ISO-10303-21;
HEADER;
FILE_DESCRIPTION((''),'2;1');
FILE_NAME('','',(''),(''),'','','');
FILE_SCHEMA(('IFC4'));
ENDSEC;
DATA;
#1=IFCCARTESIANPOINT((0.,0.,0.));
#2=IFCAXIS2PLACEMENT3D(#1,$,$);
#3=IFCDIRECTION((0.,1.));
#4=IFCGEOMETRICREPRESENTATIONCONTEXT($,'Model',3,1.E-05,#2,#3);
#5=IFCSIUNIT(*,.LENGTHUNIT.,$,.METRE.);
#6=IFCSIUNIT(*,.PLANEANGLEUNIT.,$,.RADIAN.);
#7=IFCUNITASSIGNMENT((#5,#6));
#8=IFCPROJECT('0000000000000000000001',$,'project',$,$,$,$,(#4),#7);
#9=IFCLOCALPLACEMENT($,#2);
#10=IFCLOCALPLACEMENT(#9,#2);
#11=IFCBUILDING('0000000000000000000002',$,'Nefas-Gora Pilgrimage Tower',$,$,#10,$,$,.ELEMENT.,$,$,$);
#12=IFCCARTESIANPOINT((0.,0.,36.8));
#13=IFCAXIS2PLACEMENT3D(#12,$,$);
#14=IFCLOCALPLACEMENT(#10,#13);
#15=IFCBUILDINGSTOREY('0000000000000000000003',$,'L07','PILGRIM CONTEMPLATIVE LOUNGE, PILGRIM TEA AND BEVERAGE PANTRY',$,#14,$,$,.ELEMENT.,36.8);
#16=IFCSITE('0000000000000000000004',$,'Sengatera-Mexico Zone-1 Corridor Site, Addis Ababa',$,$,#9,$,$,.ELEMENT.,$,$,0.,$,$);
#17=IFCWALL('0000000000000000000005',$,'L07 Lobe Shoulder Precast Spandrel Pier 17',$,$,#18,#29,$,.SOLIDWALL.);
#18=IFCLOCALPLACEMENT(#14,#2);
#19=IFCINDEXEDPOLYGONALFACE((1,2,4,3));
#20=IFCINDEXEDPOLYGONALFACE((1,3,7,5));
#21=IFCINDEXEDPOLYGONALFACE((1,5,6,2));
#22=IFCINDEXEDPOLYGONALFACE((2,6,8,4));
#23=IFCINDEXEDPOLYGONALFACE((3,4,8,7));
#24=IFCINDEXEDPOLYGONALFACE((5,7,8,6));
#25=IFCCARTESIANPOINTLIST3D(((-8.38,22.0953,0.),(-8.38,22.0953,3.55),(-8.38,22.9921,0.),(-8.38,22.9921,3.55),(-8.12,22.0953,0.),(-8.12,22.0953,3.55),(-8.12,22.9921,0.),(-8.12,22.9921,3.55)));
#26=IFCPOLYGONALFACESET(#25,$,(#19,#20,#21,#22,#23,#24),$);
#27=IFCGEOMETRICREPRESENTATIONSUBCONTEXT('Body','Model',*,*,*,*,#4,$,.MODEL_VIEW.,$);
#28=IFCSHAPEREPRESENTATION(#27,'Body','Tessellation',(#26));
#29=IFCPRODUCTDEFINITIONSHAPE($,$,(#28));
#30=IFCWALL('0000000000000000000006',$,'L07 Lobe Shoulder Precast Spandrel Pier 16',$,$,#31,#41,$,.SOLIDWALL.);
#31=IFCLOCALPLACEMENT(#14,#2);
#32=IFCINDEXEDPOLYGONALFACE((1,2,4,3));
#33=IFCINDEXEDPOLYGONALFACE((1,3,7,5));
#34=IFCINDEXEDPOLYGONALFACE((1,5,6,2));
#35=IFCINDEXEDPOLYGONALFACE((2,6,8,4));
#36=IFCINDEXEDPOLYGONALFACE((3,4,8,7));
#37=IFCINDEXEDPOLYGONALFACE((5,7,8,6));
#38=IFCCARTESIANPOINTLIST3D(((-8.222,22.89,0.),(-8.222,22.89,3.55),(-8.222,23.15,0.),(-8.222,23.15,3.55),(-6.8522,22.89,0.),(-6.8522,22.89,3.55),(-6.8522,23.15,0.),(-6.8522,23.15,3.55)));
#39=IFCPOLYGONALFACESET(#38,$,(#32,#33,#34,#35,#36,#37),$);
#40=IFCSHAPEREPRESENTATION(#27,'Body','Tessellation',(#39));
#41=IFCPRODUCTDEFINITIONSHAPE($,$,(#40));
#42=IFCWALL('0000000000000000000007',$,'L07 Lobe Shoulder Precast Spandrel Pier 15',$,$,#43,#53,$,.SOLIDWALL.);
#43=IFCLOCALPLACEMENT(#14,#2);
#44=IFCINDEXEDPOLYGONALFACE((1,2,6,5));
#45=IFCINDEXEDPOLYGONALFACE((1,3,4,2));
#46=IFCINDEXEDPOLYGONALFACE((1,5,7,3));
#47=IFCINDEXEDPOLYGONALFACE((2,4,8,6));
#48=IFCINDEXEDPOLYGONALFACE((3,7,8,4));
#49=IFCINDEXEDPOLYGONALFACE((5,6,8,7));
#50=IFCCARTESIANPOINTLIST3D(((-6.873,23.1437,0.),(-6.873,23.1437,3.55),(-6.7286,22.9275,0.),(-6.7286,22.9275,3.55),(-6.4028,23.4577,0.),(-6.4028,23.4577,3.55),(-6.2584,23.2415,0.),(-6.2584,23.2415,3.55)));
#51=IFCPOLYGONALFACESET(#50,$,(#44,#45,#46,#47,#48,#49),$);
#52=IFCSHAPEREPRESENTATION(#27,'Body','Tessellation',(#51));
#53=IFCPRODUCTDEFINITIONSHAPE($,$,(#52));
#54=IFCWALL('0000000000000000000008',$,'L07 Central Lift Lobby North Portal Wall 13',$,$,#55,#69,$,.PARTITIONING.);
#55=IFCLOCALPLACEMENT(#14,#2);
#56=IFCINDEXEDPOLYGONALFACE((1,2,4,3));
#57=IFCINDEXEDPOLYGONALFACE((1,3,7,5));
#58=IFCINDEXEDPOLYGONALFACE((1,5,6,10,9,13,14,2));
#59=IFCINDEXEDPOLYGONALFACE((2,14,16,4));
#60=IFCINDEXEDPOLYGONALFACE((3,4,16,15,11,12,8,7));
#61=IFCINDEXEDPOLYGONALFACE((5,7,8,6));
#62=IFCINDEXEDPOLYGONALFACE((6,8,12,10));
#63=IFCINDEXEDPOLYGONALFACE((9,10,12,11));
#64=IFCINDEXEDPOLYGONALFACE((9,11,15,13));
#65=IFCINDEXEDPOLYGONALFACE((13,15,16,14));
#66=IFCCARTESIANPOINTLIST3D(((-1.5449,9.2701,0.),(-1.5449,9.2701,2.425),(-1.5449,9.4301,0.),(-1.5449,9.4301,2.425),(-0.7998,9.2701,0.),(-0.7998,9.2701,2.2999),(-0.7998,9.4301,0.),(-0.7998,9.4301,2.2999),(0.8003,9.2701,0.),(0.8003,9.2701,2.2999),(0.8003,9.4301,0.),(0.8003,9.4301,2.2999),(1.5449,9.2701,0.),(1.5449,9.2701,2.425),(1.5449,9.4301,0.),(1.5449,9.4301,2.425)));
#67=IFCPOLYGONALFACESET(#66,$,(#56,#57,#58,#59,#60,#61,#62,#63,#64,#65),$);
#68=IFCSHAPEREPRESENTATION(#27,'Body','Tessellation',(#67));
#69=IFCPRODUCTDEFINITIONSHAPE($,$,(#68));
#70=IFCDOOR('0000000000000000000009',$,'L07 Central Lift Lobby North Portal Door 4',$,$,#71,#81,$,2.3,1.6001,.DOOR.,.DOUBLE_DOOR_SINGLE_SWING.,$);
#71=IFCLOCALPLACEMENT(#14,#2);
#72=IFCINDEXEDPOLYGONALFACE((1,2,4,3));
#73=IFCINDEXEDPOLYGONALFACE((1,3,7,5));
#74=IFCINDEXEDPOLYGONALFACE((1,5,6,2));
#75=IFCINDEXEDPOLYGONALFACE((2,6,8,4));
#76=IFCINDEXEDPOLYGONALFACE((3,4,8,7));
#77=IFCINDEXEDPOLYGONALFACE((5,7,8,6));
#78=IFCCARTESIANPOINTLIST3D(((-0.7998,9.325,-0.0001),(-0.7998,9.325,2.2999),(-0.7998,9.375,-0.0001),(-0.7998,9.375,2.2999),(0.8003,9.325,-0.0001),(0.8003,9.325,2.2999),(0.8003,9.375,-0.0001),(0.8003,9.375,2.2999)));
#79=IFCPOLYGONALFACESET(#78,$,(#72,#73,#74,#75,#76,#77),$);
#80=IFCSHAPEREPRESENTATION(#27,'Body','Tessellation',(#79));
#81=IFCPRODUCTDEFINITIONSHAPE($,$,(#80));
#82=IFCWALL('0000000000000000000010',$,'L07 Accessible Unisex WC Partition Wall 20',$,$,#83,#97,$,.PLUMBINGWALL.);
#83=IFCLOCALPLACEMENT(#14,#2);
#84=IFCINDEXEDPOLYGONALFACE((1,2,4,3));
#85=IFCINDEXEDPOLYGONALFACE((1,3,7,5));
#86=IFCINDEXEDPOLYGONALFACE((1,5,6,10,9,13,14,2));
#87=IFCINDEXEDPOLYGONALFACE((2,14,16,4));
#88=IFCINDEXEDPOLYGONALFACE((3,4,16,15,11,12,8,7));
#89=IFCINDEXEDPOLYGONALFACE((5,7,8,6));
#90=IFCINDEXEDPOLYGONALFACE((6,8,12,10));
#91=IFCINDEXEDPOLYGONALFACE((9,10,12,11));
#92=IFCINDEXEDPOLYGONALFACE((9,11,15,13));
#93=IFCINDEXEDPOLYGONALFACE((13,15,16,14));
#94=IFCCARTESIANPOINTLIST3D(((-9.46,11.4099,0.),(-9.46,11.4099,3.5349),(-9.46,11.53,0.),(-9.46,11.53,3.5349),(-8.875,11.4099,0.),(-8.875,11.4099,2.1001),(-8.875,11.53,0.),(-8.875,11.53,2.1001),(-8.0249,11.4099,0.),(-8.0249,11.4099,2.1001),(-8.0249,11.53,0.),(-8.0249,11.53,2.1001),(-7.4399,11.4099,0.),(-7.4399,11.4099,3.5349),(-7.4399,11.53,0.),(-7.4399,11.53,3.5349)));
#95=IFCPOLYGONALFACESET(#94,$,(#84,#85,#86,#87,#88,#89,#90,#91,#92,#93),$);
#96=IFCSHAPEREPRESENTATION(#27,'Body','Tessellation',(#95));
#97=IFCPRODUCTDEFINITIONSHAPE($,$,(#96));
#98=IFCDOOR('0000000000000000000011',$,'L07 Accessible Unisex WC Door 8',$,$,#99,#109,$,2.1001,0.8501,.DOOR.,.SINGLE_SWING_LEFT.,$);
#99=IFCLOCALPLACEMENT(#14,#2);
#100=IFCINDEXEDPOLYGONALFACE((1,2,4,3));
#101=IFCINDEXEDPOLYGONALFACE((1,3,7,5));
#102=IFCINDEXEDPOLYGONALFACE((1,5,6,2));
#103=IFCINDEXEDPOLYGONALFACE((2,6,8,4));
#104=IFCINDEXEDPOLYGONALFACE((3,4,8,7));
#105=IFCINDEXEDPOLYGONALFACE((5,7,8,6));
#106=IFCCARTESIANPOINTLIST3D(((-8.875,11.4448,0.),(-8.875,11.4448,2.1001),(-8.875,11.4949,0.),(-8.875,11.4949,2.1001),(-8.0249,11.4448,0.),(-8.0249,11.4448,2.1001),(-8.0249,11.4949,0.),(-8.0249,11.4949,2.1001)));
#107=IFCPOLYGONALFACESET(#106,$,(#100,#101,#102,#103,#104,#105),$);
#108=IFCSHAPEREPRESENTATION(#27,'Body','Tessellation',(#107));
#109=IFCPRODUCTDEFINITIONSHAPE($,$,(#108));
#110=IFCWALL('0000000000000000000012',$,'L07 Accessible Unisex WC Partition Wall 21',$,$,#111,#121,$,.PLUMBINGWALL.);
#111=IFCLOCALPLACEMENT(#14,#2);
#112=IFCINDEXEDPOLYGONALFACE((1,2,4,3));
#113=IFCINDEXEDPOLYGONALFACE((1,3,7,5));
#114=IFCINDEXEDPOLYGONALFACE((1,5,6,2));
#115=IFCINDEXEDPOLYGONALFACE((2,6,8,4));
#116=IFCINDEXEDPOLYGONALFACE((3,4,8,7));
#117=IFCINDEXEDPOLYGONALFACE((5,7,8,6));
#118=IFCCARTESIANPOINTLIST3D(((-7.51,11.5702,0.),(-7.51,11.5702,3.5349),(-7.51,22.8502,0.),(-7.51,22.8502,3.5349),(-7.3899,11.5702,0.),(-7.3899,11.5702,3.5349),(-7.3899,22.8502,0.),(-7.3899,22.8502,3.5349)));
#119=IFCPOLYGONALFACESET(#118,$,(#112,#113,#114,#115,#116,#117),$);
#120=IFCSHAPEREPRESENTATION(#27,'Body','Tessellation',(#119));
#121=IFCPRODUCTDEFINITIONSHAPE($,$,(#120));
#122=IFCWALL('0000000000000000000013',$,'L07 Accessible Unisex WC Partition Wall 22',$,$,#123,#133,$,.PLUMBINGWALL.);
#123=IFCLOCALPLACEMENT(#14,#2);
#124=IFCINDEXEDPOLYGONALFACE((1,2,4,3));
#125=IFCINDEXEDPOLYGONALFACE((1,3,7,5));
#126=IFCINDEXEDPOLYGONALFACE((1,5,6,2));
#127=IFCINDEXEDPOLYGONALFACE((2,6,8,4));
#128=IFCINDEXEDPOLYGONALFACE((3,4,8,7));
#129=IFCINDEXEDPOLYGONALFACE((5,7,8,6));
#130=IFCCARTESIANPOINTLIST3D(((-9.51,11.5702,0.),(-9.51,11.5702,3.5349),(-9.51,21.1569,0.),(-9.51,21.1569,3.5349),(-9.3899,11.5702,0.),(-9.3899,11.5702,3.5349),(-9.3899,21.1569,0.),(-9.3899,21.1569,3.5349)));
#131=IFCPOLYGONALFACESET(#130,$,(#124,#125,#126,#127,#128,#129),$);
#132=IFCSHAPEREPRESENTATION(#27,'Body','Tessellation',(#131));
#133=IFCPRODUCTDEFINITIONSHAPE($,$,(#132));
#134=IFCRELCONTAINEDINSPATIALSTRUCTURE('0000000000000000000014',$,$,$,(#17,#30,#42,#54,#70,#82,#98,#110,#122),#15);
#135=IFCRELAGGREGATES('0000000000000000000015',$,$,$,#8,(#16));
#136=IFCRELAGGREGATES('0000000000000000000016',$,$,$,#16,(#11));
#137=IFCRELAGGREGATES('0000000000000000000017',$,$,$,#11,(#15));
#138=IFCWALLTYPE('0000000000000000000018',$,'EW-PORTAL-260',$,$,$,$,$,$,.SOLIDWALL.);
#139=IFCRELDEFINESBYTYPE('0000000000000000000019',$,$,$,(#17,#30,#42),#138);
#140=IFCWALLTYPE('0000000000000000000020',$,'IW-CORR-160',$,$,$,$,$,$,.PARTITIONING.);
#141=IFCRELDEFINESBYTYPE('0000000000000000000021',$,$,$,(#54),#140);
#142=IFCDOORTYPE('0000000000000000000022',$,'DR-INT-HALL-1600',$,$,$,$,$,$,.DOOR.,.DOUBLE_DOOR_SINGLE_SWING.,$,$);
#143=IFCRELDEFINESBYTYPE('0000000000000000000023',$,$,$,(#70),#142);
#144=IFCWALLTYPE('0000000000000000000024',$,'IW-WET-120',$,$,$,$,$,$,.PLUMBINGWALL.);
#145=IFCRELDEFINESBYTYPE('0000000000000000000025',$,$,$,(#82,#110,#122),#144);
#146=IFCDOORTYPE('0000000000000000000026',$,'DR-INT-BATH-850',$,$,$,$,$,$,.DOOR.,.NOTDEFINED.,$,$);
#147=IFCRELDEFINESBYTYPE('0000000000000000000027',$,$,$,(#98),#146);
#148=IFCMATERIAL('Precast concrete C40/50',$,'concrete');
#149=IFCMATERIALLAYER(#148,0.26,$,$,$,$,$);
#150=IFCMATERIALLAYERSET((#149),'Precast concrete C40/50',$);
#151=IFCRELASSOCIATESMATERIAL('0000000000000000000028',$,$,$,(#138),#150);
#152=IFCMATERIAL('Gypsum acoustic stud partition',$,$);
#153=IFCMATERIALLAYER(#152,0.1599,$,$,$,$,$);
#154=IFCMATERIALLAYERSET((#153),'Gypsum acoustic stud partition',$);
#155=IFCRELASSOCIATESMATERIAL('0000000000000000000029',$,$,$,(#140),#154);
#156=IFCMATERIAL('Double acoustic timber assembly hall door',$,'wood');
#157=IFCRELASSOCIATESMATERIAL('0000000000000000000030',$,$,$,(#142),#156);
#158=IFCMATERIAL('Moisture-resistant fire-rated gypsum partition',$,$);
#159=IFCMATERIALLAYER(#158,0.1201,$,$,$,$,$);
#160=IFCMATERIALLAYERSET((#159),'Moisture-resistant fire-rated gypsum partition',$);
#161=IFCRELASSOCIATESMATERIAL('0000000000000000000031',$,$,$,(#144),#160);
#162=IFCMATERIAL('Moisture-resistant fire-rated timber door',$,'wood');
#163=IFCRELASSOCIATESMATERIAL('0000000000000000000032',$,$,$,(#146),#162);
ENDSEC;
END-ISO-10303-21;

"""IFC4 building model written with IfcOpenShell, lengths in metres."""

from ifc_helpers import new_model, si_unit, direction, frame, frame_2d, origin, place, context, subcontext, project, spatial, rectangle, extrude, source, transform, mapped, material, layer, layer_set, type_object, element, fill, save


model = new_model("IFC4")

# Units and contexts
model_context = context("Model", 3, precision=1e-05, world=origin(), true_north=direction((0.0, 1.0)))
body_context = subcontext(model_context, "Body", "Model", "MODEL_VIEW")
ifc_project = project(units=[si_unit("LENGTHUNIT", "METRE"), si_unit("PLANEANGLEUNIT", "RADIAN")], contexts=[model_context])

# Site, building, storey
site_placement = place(None, origin())
site = spatial("IfcSite", under=ifc_project, at=site_placement, Name="Sengatera-Mexico Zone-1 Corridor Site, Addis Ababa", CompositionType="ELEMENT", RefElevation=0.0)
building_placement = place(site_placement, origin())
building = spatial("IfcBuilding", under=site, at=building_placement, Name="Nefas-Gora Pilgrimage Tower", CompositionType="ELEMENT")
storey_placement = place(building_placement, frame((0.0, 0.0, 36.8)))
storey = spatial("IfcBuildingStorey", under=building, at=storey_placement, Name="L07", Description="PILGRIM CONTEMPLATIVE LOUNGE, PILGRIM TEA AND BEVERAGE PANTRY", CompositionType="ELEMENT", Elevation=36.8)

# Walls
ifc_material_1 = material(Name="Precast concrete C40/50", Category="concrete")
ifc_layer_1 = layer(ifc_material_1, 0.26)
ifc_layer_set_1 = layer_set([ifc_layer_1], Name="Precast concrete C40/50")
wall_type_1 = type_object("IfcWallType", Name="EW-PORTAL-260", PredefinedType="SOLIDWALL", material=ifc_layer_set_1)
shared_shape_1 = source(origin(), body_context, "Body", "SweptSolid", [
    extrude(rectangle(XDim=0.8967, YDim=0.26, at=frame_2d((0.4482, 0.0))), origin(), (0.0, 0.0, 1.0), 3.55),
])
wall_1_placement = place(storey_placement, frame((-8.25, 22.9919, 0.0), z_axis=(0.0, 0.0, 1.0), x_axis=(0.0, -1.0, 0.0)))
element("IfcWall", 1, at=wall_1_placement, inside=storey, type_object=wall_type_1, Name="L07 Lobe Shoulder Precast Spandrel Pier 17", PredefinedType="SOLIDWALL", context=body_context, shape_type="MappedRepresentation", body=[
    mapped(shared_shape_1, transform((0.0, 0.0, 0.0), x_axis=(1.0, 0.0, 0.0), y_axis=(0.0, 1.0, 0.0), z_axis=(0.0, 0.0, 1.0), scale=1.0)),
])
shared_shape_2 = source(origin(), body_context, "Body", "SweptSolid", [
    extrude(rectangle(XDim=1.3699, YDim=0.26, at=frame_2d((0.6851, 0.0))), origin(), (0.0, 0.0, 1.0), 3.55),
])
wall_2_placement = place(storey_placement, frame((-6.8521, 23.02, 0.0), z_axis=(0.0, 0.0, 1.0), x_axis=(-1.0, 0.0, 0.0)))
element("IfcWall", 2, at=wall_2_placement, inside=storey, type_object=wall_type_1, Name="L07 Lobe Shoulder Precast Spandrel Pier 16", PredefinedType="SOLIDWALL", context=body_context, shape_type="MappedRepresentation", body=[
    mapped(shared_shape_2, transform((0.0, 0.0, 0.0), x_axis=(1.0, 0.0, 0.0), y_axis=(0.0, 1.0, 0.0), z_axis=(0.0, 0.0, 1.0), scale=1.0)),
])
shared_shape_3 = source(origin(), body_context, "Body", "SweptSolid", [
    extrude(rectangle(XDim=0.5654, YDim=0.26, at=frame_2d((0.2827, 0.0))), origin(), (0.0, 0.0, 1.0), 3.55),
])
wall_3_placement = place(storey_placement, frame((-6.3306, 23.3496, 0.0), z_axis=(0.0, 0.0, 1.0), x_axis=(-0.831651, -0.555298, 0.0)))
element("IfcWall", 3, at=wall_3_placement, inside=storey, type_object=wall_type_1, Name="L07 Lobe Shoulder Precast Spandrel Pier 15", PredefinedType="SOLIDWALL", context=body_context, shape_type="MappedRepresentation", body=[
    mapped(shared_shape_3, transform((0.0, 0.0, 0.0), x_axis=(1.0, 0.0, 0.0), y_axis=(0.0, 1.0, 0.0), z_axis=(0.0, 0.0, 1.0), scale=1.0)),
])

# Walls, openings, doors
ifc_material_2 = material(Name="Gypsum acoustic stud partition")
ifc_layer_2 = layer(ifc_material_2, 0.1599)
ifc_layer_set_2 = layer_set([ifc_layer_2], Name="Gypsum acoustic stud partition")
wall_type_2 = type_object("IfcWallType", Name="IW-CORR-160", PredefinedType="PARTITIONING", material=ifc_layer_set_2)
shared_shape_4 = source(origin(), body_context, "Body", "SweptSolid", [
    extrude(rectangle(XDim=3.0898, YDim=0.1599, at=frame_2d((1.5449, 0.0))), origin(), (0.0, 0.0, 1.0), 2.425),
])
wall_4_placement = place(storey_placement, frame((-1.5449, 9.3501, 0.0), z_axis=(0.0, 0.0, 1.0), x_axis=(1.0, 0.0, 0.0)))
wall_4 = element("IfcWall", 4, at=wall_4_placement, inside=storey, type_object=wall_type_2, Name="L07 Central Lift Lobby North Portal Wall 13", PredefinedType="PARTITIONING", context=body_context, shape_type="MappedRepresentation", body=[
    mapped(shared_shape_4, transform((0.0, 0.0, 0.0), x_axis=(1.0, 0.0, 0.0), y_axis=(0.0, 1.0, 0.0), z_axis=(0.0, 0.0, 1.0), scale=1.0)),
])
opening_1_placement = place(wall_4_placement, frame((0.7451, 0.0, 0.0)))
opening_1 = element("IfcOpeningElement", 5, at=opening_1_placement, cuts=wall_4, PredefinedType="OPENING", context=body_context, shape_type="SweptSolid", body=[
    extrude(rectangle(XDim=1.6001, YDim=2.3, at=frame_2d((0.8, 1.1499))), frame((0.0, 0.0898, 0.0), z_axis=(0.0, -1.0, 0.0), x_axis=(1.0, 0.0, 0.0)), (0.0, 0.0, 1.0), 0.1799),
])
ifc_material_3 = material(Name="Double acoustic timber assembly hall door", Category="wood")
door_type_1 = type_object("IfcDoorType", Name="DR-INT-HALL-1600", OperationType="DOUBLE_DOOR_SINGLE_SWING", PredefinedType="DOOR", material=ifc_material_3)
shared_shape_5 = source(origin(), body_context, "Body", "SweptSolid", [
    extrude(rectangle(XDim=1.6001, YDim=2.3, at=frame_2d((0.8, 1.1499))), frame((0.0, 0.0249, 0.0), z_axis=(0.0, -1.0, 0.0), x_axis=(1.0, 0.0, 0.0)), (0.0, 0.0, 1.0), 0.05),
])
door_1_placement = place(opening_1_placement, origin())
door_1 = element("IfcDoor", 6, at=door_1_placement, inside=storey, type_object=door_type_1, Name="L07 Central Lift Lobby North Portal Door 4", OperationType="DOUBLE_DOOR_SINGLE_SWING", OverallHeight=2.3, OverallWidth=1.6001, PredefinedType="DOOR", context=body_context, shape_type="MappedRepresentation", body=[
    mapped(shared_shape_5, transform((0.0, 0.0, 0.0), x_axis=(1.0, 0.0, 0.0), y_axis=(0.0, 1.0, 0.0), z_axis=(0.0, 0.0, 1.0), scale=1.0)),
])
fill(opening_1, door_1)
ifc_material_4 = material(Name="Moisture-resistant fire-rated gypsum partition")
ifc_layer_3 = layer(ifc_material_4, 0.1201)
ifc_layer_set_3 = layer_set([ifc_layer_3], Name="Moisture-resistant fire-rated gypsum partition")
wall_type_3 = type_object("IfcWallType", Name="IW-WET-120", PredefinedType="PLUMBINGWALL", material=ifc_layer_set_3)
shared_shape_6 = source(origin(), body_context, "Body", "SweptSolid", [
    extrude(rectangle(XDim=2.02, YDim=0.1201, at=frame_2d((1.01, 0.0))), origin(), (0.0, 0.0, 1.0), 3.5349),
])
wall_5_placement = place(storey_placement, frame((-9.46, 11.47, 0.0), z_axis=(0.0, 0.0, 1.0), x_axis=(1.0, 0.0, 0.0)))
wall_5 = element("IfcWall", 7, at=wall_5_placement, inside=storey, type_object=wall_type_3, Name="L07 Accessible Unisex WC Partition Wall 20", PredefinedType="PLUMBINGWALL", context=body_context, shape_type="MappedRepresentation", body=[
    mapped(shared_shape_6, transform((0.0, 0.0, 0.0), x_axis=(1.0, 0.0, 0.0), y_axis=(0.0, 1.0, 0.0), z_axis=(0.0, 0.0, 1.0), scale=1.0)),
])
opening_2_placement = place(wall_5_placement, frame((0.585, 0.0, 0.0)))
opening_2 = element("IfcOpeningElement", 8, at=opening_2_placement, cuts=wall_5, PredefinedType="OPENING", context=body_context, shape_type="SweptSolid", body=[
    extrude(rectangle(XDim=0.8501, YDim=2.1001, at=frame_2d((0.425, 1.05))), frame((0.0, 0.0701, 0.0), z_axis=(0.0, -1.0, 0.0), x_axis=(1.0, 0.0, 0.0)), (0.0, 0.0, 1.0), 0.1401),
])
ifc_material_5 = material(Name="Moisture-resistant fire-rated timber door", Category="wood")
door_type_2 = type_object("IfcDoorType", Name="DR-INT-BATH-850", OperationType="NOTDEFINED", PredefinedType="DOOR", material=ifc_material_5)
shared_shape_7 = source(origin(), body_context, "Body", "SweptSolid", [
    extrude(rectangle(XDim=0.8501, YDim=2.1001, at=frame_2d((0.425, 1.05))), frame((0.0, 0.0249, 0.0), z_axis=(0.0, -1.0, 0.0), x_axis=(1.0, 0.0, 0.0)), (0.0, 0.0, 1.0), 0.05),
])
door_2_placement = place(opening_2_placement, origin())
door_2 = element("IfcDoor", 9, at=door_2_placement, inside=storey, type_object=door_type_2, Name="L07 Accessible Unisex WC Door 8", OperationType="SINGLE_SWING_LEFT", OverallHeight=2.1001, OverallWidth=0.8501, PredefinedType="DOOR", context=body_context, shape_type="MappedRepresentation", body=[
    mapped(shared_shape_7, transform((0.0, 0.0, 0.0), x_axis=(1.0, 0.0, 0.0), y_axis=(0.0, 1.0, 0.0), z_axis=(0.0, 0.0, 1.0), scale=1.0)),
])
fill(opening_2, door_2)

# Walls
shared_shape_8 = source(origin(), body_context, "Body", "SweptSolid", [
    extrude(rectangle(XDim=11.28, YDim=0.1201, at=frame_2d((5.6401, 0.0))), origin(), (0.0, 0.0, 1.0), 3.5349),
])
wall_6_placement = place(storey_placement, frame((-7.45, 11.5701, 0.0), z_axis=(0.0, 0.0, 1.0), x_axis=(0.0, 1.0, 0.0)))
element("IfcWall", 10, at=wall_6_placement, inside=storey, type_object=wall_type_3, Name="L07 Accessible Unisex WC Partition Wall 21", PredefinedType="PLUMBINGWALL", context=body_context, shape_type="MappedRepresentation", body=[
    mapped(shared_shape_8, transform((0.0, 0.0, 0.0), x_axis=(1.0, 0.0, 0.0), y_axis=(0.0, 1.0, 0.0), z_axis=(0.0, 0.0, 1.0), scale=1.0)),
])
shared_shape_9 = source(origin(), body_context, "Body", "SweptSolid", [
    extrude(rectangle(XDim=9.5867, YDim=0.1201, at=frame_2d((4.7935, 0.0))), origin(), (0.0, 0.0, 1.0), 3.5349),
])
wall_7_placement = place(storey_placement, frame((-9.45, 11.5701, 0.0), z_axis=(0.0, 0.0, 1.0), x_axis=(0.0, 1.0, 0.0)))
element("IfcWall", 11, at=wall_7_placement, inside=storey, type_object=wall_type_3, Name="L07 Accessible Unisex WC Partition Wall 22", PredefinedType="PLUMBINGWALL", context=body_context, shape_type="MappedRepresentation", body=[
    mapped(shared_shape_9, transform((0.0, 0.0, 0.0), x_axis=(1.0, 0.0, 0.0), y_axis=(0.0, 1.0, 0.0), z_axis=(0.0, 0.0, 1.0), scale=1.0)),
])

save(model, "model.ifc")
